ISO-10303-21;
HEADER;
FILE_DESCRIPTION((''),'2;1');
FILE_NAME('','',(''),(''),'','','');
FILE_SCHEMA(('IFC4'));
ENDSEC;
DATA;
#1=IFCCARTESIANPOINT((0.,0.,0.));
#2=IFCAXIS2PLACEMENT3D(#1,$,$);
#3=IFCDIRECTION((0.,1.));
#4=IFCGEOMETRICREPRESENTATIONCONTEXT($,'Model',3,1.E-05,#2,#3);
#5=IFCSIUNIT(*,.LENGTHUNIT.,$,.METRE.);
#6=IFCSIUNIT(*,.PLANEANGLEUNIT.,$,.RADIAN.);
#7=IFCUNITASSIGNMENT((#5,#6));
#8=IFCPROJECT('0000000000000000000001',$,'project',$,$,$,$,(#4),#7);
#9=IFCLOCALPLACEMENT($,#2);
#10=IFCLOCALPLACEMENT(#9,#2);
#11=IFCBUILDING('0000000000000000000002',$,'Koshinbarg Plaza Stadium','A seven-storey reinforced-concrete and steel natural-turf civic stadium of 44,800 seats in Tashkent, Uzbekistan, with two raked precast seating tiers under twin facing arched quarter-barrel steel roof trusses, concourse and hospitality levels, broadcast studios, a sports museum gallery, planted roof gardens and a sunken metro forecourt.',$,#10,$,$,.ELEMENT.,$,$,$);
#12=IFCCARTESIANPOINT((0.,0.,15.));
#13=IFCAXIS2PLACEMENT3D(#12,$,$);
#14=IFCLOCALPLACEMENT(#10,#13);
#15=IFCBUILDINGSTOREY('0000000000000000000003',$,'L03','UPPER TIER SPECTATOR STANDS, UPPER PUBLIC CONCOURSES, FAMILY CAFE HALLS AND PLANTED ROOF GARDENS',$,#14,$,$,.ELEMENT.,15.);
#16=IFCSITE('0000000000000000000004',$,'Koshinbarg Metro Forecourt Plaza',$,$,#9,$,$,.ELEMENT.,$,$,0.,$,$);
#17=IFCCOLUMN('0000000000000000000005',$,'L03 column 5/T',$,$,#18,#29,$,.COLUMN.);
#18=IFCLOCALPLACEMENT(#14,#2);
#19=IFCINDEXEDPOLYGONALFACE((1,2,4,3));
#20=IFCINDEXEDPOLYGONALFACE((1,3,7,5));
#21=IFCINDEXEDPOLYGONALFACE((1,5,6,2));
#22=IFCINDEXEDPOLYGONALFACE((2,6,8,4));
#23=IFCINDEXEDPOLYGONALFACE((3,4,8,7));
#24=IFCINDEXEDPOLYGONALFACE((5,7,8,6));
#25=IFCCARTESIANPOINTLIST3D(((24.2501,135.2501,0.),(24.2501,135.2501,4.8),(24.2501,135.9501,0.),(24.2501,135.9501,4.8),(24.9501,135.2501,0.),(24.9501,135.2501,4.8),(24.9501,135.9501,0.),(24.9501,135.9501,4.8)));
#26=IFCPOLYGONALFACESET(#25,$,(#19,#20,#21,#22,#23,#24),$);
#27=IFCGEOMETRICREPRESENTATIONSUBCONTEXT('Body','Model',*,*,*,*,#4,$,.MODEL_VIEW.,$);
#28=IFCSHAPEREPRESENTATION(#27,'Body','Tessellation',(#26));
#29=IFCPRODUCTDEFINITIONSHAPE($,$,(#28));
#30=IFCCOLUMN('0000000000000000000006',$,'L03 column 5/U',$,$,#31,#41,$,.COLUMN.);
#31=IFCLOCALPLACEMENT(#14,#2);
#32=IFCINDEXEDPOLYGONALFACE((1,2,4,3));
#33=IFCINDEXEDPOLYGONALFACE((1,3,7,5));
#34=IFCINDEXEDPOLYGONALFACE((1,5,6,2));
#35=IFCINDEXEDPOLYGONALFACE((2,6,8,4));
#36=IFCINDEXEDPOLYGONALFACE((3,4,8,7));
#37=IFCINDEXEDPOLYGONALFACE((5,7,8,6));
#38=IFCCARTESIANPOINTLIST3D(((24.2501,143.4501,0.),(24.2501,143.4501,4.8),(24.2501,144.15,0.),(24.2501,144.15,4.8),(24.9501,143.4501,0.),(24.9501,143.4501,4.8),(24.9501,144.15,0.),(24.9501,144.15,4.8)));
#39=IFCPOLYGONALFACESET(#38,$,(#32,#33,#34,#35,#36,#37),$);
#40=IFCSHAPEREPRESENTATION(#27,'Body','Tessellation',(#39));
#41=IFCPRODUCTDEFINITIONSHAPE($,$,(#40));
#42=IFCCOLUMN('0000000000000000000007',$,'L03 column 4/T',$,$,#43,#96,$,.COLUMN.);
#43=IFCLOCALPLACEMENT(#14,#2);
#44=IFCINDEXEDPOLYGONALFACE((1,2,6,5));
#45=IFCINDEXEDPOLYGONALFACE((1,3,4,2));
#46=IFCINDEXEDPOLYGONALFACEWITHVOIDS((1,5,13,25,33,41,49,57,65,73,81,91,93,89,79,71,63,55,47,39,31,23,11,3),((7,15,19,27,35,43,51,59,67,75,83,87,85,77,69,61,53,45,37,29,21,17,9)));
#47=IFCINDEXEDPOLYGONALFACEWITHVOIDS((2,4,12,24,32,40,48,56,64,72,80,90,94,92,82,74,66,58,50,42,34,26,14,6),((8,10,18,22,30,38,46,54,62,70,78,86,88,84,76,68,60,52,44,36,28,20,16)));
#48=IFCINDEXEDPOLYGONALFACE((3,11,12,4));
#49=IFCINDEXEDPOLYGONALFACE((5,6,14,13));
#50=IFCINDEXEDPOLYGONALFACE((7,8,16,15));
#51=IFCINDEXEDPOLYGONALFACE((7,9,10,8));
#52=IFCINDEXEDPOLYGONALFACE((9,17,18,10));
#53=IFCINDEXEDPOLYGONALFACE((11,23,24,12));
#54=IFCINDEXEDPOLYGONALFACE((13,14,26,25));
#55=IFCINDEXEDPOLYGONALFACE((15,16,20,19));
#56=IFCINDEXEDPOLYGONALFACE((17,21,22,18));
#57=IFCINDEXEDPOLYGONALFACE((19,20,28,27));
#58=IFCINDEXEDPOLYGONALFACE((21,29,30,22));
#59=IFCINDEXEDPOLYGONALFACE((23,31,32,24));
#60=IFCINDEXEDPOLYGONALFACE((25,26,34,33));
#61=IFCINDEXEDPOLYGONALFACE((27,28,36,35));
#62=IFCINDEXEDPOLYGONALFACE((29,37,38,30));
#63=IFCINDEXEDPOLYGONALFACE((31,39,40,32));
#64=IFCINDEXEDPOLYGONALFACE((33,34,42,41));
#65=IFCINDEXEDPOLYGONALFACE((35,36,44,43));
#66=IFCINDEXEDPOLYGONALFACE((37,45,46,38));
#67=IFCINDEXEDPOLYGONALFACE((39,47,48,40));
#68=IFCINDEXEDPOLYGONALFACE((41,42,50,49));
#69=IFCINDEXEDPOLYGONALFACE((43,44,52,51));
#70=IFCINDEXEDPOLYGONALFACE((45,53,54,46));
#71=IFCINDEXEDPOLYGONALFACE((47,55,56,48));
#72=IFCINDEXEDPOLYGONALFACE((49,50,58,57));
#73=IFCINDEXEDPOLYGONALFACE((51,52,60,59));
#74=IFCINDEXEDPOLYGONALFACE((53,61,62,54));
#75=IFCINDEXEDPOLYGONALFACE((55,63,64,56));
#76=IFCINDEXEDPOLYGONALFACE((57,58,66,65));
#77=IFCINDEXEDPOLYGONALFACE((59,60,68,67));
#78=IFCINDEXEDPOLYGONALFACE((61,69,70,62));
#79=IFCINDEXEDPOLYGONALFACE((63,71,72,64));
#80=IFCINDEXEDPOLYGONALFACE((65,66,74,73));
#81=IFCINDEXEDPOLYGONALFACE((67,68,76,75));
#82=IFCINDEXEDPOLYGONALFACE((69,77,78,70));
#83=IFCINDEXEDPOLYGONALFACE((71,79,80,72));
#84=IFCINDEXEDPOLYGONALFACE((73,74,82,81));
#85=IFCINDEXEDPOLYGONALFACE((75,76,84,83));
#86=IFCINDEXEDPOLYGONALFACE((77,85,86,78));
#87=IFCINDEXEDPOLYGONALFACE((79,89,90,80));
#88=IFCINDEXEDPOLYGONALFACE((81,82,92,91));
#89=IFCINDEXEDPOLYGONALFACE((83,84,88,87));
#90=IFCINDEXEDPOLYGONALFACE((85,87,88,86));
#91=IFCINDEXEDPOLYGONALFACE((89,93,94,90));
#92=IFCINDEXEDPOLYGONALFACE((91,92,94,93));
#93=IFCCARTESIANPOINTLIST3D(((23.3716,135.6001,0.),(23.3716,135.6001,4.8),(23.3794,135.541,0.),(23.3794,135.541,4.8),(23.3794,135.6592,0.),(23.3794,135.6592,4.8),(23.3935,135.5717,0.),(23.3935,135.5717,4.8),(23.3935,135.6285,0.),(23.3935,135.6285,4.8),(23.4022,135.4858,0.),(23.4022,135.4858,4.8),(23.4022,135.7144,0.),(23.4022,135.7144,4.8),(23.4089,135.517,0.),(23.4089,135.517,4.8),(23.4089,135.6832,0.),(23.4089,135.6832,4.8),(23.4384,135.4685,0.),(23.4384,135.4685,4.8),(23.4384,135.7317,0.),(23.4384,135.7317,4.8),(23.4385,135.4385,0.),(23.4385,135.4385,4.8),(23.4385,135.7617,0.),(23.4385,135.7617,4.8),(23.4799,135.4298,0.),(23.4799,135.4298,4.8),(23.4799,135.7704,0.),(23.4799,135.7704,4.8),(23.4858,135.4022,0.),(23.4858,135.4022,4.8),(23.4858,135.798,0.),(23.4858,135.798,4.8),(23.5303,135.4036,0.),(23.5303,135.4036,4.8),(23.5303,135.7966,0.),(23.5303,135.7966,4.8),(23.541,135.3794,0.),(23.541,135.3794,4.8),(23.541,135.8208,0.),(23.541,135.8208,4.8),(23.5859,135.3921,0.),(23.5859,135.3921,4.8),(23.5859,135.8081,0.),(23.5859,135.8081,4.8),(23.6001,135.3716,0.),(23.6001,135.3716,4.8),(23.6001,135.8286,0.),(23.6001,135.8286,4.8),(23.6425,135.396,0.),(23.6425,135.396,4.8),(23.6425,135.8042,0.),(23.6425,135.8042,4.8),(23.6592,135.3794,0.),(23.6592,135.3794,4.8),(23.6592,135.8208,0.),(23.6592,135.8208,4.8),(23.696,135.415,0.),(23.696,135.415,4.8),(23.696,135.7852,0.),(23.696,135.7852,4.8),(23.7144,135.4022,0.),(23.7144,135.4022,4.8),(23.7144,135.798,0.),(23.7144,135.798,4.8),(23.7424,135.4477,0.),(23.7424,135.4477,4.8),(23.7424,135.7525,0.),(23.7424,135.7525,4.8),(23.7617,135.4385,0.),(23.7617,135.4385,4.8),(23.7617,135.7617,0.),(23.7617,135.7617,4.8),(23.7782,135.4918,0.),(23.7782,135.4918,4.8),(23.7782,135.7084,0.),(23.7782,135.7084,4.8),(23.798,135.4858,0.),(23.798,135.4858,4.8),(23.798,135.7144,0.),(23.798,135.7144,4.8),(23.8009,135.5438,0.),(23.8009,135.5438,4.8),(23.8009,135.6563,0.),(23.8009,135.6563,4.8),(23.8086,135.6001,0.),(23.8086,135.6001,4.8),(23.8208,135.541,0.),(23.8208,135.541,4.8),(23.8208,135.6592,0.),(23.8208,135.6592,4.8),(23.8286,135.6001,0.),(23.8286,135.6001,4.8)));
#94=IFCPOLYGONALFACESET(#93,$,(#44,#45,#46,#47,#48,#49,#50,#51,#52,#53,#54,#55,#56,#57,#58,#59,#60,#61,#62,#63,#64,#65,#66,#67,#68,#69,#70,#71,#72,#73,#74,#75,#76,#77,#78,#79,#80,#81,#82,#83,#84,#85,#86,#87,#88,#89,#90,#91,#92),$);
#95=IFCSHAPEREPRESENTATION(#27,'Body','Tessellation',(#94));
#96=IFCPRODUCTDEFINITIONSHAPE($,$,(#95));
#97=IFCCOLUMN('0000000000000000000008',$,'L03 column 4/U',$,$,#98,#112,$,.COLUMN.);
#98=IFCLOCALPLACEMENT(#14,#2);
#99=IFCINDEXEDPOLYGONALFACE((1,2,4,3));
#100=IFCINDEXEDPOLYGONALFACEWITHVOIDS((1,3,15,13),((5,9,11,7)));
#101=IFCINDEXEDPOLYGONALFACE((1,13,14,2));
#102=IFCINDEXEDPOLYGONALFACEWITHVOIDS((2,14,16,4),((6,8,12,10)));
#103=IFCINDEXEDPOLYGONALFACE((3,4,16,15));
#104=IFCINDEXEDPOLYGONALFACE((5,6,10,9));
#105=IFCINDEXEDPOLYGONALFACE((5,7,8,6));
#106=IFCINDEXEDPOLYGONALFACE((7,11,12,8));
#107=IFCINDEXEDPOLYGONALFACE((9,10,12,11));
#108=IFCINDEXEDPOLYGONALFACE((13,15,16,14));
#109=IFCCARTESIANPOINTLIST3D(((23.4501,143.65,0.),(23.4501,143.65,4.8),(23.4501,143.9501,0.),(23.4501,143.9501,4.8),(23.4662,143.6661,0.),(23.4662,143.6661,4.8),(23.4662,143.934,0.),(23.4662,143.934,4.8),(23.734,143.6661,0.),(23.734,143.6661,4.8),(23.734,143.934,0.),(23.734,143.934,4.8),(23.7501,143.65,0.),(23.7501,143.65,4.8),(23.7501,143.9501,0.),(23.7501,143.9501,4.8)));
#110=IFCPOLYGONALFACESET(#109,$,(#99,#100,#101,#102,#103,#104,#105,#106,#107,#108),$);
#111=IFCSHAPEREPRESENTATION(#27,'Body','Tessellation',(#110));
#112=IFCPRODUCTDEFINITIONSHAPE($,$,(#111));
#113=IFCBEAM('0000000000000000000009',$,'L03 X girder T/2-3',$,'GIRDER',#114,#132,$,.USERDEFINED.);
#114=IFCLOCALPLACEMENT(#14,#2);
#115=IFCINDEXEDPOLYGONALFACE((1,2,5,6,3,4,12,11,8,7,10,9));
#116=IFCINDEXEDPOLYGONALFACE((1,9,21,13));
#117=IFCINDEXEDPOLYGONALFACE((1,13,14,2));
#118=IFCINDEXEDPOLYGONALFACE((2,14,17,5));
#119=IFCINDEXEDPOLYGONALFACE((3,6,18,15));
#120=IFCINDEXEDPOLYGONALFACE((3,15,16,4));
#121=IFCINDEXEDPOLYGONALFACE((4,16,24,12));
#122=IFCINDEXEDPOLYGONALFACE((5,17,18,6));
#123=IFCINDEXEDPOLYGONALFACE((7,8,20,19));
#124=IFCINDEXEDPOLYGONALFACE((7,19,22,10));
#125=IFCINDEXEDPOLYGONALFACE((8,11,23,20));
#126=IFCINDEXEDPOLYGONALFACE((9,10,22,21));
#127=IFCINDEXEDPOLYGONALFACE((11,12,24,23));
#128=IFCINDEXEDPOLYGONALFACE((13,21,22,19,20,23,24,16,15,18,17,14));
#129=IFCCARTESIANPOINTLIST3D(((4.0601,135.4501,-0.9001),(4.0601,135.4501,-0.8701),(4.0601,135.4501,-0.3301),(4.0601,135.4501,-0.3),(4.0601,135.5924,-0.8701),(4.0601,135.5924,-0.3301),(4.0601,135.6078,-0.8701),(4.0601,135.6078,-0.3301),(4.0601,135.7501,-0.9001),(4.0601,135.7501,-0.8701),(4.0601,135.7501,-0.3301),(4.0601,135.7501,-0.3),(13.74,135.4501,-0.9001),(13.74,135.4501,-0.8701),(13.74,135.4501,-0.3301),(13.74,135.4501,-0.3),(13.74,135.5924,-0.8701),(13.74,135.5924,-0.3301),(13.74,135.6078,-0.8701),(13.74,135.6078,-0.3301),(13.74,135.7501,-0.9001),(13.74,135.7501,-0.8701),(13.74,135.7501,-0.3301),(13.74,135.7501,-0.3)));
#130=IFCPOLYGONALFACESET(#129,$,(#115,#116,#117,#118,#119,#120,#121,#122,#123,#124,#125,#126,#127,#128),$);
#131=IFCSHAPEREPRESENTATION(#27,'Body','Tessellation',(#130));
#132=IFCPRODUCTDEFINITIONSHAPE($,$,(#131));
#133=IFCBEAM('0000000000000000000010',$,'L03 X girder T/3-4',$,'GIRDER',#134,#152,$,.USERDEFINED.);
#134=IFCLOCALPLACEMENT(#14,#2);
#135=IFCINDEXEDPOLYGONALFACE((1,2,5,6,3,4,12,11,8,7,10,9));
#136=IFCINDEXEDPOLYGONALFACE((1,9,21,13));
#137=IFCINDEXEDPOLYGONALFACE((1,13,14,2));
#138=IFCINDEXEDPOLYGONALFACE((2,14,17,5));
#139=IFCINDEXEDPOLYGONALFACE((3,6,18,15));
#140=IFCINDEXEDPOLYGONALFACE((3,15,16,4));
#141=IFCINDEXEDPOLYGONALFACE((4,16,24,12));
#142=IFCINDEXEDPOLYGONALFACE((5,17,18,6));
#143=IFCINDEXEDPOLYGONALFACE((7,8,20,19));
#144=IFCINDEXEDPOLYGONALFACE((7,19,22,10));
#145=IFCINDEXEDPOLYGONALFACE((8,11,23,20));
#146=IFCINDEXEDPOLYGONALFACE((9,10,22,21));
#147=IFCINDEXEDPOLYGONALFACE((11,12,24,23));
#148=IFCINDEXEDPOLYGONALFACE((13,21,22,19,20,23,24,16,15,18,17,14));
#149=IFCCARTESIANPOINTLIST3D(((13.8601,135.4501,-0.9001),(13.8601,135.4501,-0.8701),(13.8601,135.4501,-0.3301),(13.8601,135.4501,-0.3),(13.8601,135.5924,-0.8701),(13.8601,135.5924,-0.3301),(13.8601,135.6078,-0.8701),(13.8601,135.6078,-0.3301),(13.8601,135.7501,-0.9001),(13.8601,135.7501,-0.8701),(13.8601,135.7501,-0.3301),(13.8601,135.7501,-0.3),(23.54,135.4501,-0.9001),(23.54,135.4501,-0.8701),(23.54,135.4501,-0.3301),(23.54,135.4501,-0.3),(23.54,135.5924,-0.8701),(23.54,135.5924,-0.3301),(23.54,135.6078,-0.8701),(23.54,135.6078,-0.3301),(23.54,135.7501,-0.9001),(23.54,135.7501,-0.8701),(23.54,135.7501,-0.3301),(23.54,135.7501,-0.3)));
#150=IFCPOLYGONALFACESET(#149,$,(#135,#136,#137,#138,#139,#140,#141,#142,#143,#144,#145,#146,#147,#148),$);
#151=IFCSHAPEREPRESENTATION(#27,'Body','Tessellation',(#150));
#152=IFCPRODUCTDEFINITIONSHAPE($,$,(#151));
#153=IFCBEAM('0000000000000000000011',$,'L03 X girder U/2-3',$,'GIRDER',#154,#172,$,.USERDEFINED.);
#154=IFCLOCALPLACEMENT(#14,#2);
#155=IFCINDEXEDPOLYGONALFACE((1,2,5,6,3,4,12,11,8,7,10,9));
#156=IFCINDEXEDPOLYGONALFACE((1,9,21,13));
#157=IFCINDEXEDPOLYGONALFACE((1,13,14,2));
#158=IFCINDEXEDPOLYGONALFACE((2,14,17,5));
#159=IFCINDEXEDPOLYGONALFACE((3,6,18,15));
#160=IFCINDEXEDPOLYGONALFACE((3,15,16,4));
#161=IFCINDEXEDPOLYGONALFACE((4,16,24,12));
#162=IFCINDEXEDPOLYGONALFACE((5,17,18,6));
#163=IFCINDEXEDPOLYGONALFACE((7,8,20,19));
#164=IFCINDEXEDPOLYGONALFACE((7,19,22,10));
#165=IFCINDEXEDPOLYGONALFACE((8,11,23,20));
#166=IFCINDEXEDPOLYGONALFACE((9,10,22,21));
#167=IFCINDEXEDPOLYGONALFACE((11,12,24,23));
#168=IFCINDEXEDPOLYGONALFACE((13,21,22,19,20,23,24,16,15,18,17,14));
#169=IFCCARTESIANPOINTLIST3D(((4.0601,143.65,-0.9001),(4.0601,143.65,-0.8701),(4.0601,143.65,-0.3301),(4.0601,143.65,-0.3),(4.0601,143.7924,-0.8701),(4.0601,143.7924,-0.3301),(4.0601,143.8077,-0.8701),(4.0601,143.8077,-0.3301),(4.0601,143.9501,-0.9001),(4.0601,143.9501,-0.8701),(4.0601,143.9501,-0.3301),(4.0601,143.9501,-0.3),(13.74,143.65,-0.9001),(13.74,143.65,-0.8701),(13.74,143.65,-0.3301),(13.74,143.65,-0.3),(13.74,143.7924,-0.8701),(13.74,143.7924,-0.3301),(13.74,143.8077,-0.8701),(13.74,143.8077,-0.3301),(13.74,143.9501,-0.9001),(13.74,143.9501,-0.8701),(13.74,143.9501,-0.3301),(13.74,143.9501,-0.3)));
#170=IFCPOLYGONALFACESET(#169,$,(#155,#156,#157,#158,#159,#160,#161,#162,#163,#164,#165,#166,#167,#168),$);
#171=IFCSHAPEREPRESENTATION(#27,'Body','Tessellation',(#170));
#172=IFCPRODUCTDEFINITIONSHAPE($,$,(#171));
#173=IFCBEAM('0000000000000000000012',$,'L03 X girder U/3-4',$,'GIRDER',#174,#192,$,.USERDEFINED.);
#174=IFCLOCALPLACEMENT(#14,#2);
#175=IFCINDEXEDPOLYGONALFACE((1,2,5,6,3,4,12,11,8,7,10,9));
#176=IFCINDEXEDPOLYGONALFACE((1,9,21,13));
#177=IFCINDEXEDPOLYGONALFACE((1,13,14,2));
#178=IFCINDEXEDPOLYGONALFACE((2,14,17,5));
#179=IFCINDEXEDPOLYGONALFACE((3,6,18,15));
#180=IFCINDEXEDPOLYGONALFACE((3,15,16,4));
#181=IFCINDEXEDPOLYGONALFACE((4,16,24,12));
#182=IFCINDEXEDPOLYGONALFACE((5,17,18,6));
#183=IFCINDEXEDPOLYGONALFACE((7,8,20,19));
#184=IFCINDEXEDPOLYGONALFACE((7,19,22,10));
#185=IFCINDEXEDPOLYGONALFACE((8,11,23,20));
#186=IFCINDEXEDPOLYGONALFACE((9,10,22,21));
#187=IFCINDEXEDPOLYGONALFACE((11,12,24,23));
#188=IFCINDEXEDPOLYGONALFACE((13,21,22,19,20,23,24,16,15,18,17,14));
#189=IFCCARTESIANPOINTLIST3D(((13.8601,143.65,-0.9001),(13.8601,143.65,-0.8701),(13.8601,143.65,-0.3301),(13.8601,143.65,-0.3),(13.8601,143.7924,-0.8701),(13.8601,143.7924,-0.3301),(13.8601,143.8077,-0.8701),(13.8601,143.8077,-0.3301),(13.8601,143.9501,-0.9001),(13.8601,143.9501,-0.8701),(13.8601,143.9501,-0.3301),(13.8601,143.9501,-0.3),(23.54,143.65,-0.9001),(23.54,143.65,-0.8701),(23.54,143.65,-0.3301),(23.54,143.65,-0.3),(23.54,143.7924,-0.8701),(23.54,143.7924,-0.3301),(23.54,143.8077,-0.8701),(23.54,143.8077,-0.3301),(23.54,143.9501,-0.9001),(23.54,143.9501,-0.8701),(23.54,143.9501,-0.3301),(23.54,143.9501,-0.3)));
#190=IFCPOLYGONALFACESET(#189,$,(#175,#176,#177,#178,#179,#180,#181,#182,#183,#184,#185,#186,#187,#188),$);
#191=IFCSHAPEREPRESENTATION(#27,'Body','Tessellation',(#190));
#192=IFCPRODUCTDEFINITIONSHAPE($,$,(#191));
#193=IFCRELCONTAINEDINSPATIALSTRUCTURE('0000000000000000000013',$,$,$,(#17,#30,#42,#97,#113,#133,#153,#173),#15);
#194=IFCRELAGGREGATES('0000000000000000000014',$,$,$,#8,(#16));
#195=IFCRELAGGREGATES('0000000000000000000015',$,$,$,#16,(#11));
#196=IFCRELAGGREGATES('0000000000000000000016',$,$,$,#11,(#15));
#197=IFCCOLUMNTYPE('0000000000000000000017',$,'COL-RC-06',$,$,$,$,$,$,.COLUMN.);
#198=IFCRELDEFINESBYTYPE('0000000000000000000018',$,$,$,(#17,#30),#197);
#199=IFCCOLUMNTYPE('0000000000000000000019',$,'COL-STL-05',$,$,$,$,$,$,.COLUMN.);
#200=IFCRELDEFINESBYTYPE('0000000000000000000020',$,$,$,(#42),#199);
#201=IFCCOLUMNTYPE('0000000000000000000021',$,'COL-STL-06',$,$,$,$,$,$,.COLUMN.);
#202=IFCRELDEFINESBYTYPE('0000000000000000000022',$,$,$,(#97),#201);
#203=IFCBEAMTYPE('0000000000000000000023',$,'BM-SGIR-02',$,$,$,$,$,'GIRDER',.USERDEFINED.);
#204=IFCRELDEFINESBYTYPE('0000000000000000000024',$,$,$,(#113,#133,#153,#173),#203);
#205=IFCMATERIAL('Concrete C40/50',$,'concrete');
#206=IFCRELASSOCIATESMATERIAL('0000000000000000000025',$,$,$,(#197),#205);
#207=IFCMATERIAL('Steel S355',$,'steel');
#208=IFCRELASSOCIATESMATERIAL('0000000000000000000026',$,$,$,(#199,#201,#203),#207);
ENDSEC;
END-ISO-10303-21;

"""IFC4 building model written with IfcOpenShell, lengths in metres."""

from ifc_helpers import new_model, si_unit, direction, frame, origin, origin_2d, place, context, subcontext, project, spatial, rectangle, hollow_rectangle, hollow_circle, i_section, extrude, material, material_profile, profile_set, type_object, element, save


model = new_model("IFC4")

# Units and contexts
model_context = context("Model", 3, precision=1e-05, world=origin(), true_north=direction((0.0, 1.0)))
body_context = subcontext(model_context, "Body", "Model", "MODEL_VIEW")
ifc_project = project(units=[si_unit("LENGTHUNIT", "METRE"), si_unit("PLANEANGLEUNIT", "RADIAN")], contexts=[model_context])

# Site, building, storey
site_placement = place(None, origin())
site = spatial("IfcSite", under=ifc_project, at=site_placement, Name="Koshinbarg Metro Forecourt Plaza", CompositionType="ELEMENT", RefElevation=0.0)
building_placement = place(site_placement, origin())
building = spatial("IfcBuilding", under=site, at=building_placement, Name="Koshinbarg Plaza Stadium", Description="A seven-storey reinforced-concrete and steel natural-turf civic stadium of 44,800 seats in Tashkent, Uzbekistan, with two raked precast seating tiers under twin facing arched quarter-barrel steel roof trusses, concourse and hospitality levels, broadcast studios, a sports museum gallery, planted roof gardens and a sunken metro forecourt.", CompositionType="ELEMENT")
storey_placement = place(building_placement, frame((0.0, 0.0, 15.0)))
storey = spatial("IfcBuildingStorey", under=building, at=storey_placement, Name="L03", Description="UPPER TIER SPECTATOR STANDS, UPPER PUBLIC CONCOURSES, FAMILY CAFE HALLS AND PLANTED ROOF GARDENS", CompositionType="ELEMENT", Elevation=15.0)

# Columns
ifc_material_1 = material(Name="Concrete C40/50", Category="concrete")
ifc_material_profile_1 = material_profile(ifc_material_1, rectangle(XDim=0.7, YDim=0.7, at=origin_2d()), Name="RC 700x700")
ifc_profile_set_1 = profile_set([ifc_material_profile_1], Name="Concrete C40/50")
column_type_1 = type_object("IfcColumnType", Name="COL-RC-06", PredefinedType="COLUMN", material=ifc_profile_set_1)
for number, where, z_axis, x_axis, name in (
    (1, (24.6001, 135.6001, 0.0), (0.0, 0.0, 1.0), (1.0, 0.0, 0.0), "L03 column 5/T"),
    (2, (24.6001, 143.8, 0.0), (0.0, 0.0, 1.0), (1.0, 0.0, 0.0), "L03 column 5/U"),
):
    element("IfcColumn", number, at=place(storey_placement, frame(where, z_axis=z_axis, x_axis=x_axis)), inside=storey, type_object=column_type_1, Name=name, PredefinedType="COLUMN", context=body_context, shape_type="SweptSolid", body=[
        extrude(rectangle(XDim=0.7, YDim=0.7, at=origin_2d()), origin(), (0.0, 0.0, 1.0), 4.8),
    ])
ifc_material_2 = material(Name="Steel S355", Category="steel")
ifc_material_profile_2 = material_profile(ifc_material_2, hollow_circle(Radius=0.2285, WallThickness=0.02, at=origin_2d()), Name="CHS 457x20")
ifc_profile_set_2 = profile_set([ifc_material_profile_2], Name="Steel S355")
column_type_2 = type_object("IfcColumnType", Name="COL-STL-05", PredefinedType="COLUMN", material=ifc_profile_set_2)
column_1_placement = place(storey_placement, frame((23.6001, 135.6001, 0.0), z_axis=(0.0, 0.0, 1.0), x_axis=(1.0, 0.0, 0.0)))
element("IfcColumn", 3, at=column_1_placement, inside=storey, type_object=column_type_2, Name="L03 column 4/T", PredefinedType="COLUMN", context=body_context, shape_type="SweptSolid", body=[
    extrude(hollow_circle(Radius=0.2285, WallThickness=0.02, at=origin_2d()), origin(), (0.0, 0.0, 1.0), 4.8),
])
ifc_material_profile_3 = material_profile(ifc_material_2, hollow_rectangle(XDim=0.3, YDim=0.3, WallThickness=0.0161, at=origin_2d()), Name="SHS 300x300x16")
ifc_profile_set_3 = profile_set([ifc_material_profile_3], Name="Steel S355")
column_type_3 = type_object("IfcColumnType", Name="COL-STL-06", PredefinedType="COLUMN", material=ifc_profile_set_3)
column_2_placement = place(storey_placement, frame((23.6001, 143.8, 0.0), z_axis=(0.0, 0.0, 1.0), x_axis=(1.0, 0.0, 0.0)))
element("IfcColumn", 4, at=column_2_placement, inside=storey, type_object=column_type_3, Name="L03 column 4/U", PredefinedType="COLUMN", context=body_context, shape_type="SweptSolid", body=[
    extrude(hollow_rectangle(XDim=0.3, YDim=0.3, WallThickness=0.0161, at=origin_2d()), origin(), (0.0, 0.0, 1.0), 4.8),
])

# Beams
ifc_material_profile_4 = material_profile(ifc_material_2, i_section(OverallWidth=0.3, OverallDepth=0.6001, WebThickness=0.0154, FlangeThickness=0.03, at=origin_2d()), Name="HEB 600")
ifc_profile_set_4 = profile_set([ifc_material_profile_4], Name="Steel S355")
beam_type_1 = type_object("IfcBeamType", Name="BM-SGIR-02", ElementType="GIRDER", PredefinedType="USERDEFINED", material=ifc_profile_set_4)
for number, where, z_axis, x_axis, name in (
    (5, (4.0601, 135.6001, -0.6001), (1.0, 0.0, 0.0), (0.0, 1.0, 0.0), "L03 X girder T/2-3"),
    (6, (13.8601, 135.6001, -0.6001), (1.0, 0.0, 0.0), (0.0, 1.0, 0.0), "L03 X girder T/3-4"),
    (7, (4.0601, 143.8, -0.6001), (1.0, 0.0, 0.0), (0.0, 1.0, 0.0), "L03 X girder U/2-3"),
    (8, (13.8601, 143.8, -0.6001), (1.0, 0.0, 0.0), (0.0, 1.0, 0.0), "L03 X girder U/3-4"),
):
    element("IfcBeam", number, at=place(storey_placement, frame(where, z_axis=z_axis, x_axis=x_axis)), inside=storey, type_object=beam_type_1, Name=name, ObjectType="GIRDER", PredefinedType="USERDEFINED", context=body_context, shape_type="SweptSolid", body=[
        extrude(i_section(OverallWidth=0.3, OverallDepth=0.6001, WebThickness=0.0154, FlangeThickness=0.03, at=origin_2d()), origin(), (0.0, 0.0, 1.0), 9.6799),
    ])

save(model, "model.ifc")
